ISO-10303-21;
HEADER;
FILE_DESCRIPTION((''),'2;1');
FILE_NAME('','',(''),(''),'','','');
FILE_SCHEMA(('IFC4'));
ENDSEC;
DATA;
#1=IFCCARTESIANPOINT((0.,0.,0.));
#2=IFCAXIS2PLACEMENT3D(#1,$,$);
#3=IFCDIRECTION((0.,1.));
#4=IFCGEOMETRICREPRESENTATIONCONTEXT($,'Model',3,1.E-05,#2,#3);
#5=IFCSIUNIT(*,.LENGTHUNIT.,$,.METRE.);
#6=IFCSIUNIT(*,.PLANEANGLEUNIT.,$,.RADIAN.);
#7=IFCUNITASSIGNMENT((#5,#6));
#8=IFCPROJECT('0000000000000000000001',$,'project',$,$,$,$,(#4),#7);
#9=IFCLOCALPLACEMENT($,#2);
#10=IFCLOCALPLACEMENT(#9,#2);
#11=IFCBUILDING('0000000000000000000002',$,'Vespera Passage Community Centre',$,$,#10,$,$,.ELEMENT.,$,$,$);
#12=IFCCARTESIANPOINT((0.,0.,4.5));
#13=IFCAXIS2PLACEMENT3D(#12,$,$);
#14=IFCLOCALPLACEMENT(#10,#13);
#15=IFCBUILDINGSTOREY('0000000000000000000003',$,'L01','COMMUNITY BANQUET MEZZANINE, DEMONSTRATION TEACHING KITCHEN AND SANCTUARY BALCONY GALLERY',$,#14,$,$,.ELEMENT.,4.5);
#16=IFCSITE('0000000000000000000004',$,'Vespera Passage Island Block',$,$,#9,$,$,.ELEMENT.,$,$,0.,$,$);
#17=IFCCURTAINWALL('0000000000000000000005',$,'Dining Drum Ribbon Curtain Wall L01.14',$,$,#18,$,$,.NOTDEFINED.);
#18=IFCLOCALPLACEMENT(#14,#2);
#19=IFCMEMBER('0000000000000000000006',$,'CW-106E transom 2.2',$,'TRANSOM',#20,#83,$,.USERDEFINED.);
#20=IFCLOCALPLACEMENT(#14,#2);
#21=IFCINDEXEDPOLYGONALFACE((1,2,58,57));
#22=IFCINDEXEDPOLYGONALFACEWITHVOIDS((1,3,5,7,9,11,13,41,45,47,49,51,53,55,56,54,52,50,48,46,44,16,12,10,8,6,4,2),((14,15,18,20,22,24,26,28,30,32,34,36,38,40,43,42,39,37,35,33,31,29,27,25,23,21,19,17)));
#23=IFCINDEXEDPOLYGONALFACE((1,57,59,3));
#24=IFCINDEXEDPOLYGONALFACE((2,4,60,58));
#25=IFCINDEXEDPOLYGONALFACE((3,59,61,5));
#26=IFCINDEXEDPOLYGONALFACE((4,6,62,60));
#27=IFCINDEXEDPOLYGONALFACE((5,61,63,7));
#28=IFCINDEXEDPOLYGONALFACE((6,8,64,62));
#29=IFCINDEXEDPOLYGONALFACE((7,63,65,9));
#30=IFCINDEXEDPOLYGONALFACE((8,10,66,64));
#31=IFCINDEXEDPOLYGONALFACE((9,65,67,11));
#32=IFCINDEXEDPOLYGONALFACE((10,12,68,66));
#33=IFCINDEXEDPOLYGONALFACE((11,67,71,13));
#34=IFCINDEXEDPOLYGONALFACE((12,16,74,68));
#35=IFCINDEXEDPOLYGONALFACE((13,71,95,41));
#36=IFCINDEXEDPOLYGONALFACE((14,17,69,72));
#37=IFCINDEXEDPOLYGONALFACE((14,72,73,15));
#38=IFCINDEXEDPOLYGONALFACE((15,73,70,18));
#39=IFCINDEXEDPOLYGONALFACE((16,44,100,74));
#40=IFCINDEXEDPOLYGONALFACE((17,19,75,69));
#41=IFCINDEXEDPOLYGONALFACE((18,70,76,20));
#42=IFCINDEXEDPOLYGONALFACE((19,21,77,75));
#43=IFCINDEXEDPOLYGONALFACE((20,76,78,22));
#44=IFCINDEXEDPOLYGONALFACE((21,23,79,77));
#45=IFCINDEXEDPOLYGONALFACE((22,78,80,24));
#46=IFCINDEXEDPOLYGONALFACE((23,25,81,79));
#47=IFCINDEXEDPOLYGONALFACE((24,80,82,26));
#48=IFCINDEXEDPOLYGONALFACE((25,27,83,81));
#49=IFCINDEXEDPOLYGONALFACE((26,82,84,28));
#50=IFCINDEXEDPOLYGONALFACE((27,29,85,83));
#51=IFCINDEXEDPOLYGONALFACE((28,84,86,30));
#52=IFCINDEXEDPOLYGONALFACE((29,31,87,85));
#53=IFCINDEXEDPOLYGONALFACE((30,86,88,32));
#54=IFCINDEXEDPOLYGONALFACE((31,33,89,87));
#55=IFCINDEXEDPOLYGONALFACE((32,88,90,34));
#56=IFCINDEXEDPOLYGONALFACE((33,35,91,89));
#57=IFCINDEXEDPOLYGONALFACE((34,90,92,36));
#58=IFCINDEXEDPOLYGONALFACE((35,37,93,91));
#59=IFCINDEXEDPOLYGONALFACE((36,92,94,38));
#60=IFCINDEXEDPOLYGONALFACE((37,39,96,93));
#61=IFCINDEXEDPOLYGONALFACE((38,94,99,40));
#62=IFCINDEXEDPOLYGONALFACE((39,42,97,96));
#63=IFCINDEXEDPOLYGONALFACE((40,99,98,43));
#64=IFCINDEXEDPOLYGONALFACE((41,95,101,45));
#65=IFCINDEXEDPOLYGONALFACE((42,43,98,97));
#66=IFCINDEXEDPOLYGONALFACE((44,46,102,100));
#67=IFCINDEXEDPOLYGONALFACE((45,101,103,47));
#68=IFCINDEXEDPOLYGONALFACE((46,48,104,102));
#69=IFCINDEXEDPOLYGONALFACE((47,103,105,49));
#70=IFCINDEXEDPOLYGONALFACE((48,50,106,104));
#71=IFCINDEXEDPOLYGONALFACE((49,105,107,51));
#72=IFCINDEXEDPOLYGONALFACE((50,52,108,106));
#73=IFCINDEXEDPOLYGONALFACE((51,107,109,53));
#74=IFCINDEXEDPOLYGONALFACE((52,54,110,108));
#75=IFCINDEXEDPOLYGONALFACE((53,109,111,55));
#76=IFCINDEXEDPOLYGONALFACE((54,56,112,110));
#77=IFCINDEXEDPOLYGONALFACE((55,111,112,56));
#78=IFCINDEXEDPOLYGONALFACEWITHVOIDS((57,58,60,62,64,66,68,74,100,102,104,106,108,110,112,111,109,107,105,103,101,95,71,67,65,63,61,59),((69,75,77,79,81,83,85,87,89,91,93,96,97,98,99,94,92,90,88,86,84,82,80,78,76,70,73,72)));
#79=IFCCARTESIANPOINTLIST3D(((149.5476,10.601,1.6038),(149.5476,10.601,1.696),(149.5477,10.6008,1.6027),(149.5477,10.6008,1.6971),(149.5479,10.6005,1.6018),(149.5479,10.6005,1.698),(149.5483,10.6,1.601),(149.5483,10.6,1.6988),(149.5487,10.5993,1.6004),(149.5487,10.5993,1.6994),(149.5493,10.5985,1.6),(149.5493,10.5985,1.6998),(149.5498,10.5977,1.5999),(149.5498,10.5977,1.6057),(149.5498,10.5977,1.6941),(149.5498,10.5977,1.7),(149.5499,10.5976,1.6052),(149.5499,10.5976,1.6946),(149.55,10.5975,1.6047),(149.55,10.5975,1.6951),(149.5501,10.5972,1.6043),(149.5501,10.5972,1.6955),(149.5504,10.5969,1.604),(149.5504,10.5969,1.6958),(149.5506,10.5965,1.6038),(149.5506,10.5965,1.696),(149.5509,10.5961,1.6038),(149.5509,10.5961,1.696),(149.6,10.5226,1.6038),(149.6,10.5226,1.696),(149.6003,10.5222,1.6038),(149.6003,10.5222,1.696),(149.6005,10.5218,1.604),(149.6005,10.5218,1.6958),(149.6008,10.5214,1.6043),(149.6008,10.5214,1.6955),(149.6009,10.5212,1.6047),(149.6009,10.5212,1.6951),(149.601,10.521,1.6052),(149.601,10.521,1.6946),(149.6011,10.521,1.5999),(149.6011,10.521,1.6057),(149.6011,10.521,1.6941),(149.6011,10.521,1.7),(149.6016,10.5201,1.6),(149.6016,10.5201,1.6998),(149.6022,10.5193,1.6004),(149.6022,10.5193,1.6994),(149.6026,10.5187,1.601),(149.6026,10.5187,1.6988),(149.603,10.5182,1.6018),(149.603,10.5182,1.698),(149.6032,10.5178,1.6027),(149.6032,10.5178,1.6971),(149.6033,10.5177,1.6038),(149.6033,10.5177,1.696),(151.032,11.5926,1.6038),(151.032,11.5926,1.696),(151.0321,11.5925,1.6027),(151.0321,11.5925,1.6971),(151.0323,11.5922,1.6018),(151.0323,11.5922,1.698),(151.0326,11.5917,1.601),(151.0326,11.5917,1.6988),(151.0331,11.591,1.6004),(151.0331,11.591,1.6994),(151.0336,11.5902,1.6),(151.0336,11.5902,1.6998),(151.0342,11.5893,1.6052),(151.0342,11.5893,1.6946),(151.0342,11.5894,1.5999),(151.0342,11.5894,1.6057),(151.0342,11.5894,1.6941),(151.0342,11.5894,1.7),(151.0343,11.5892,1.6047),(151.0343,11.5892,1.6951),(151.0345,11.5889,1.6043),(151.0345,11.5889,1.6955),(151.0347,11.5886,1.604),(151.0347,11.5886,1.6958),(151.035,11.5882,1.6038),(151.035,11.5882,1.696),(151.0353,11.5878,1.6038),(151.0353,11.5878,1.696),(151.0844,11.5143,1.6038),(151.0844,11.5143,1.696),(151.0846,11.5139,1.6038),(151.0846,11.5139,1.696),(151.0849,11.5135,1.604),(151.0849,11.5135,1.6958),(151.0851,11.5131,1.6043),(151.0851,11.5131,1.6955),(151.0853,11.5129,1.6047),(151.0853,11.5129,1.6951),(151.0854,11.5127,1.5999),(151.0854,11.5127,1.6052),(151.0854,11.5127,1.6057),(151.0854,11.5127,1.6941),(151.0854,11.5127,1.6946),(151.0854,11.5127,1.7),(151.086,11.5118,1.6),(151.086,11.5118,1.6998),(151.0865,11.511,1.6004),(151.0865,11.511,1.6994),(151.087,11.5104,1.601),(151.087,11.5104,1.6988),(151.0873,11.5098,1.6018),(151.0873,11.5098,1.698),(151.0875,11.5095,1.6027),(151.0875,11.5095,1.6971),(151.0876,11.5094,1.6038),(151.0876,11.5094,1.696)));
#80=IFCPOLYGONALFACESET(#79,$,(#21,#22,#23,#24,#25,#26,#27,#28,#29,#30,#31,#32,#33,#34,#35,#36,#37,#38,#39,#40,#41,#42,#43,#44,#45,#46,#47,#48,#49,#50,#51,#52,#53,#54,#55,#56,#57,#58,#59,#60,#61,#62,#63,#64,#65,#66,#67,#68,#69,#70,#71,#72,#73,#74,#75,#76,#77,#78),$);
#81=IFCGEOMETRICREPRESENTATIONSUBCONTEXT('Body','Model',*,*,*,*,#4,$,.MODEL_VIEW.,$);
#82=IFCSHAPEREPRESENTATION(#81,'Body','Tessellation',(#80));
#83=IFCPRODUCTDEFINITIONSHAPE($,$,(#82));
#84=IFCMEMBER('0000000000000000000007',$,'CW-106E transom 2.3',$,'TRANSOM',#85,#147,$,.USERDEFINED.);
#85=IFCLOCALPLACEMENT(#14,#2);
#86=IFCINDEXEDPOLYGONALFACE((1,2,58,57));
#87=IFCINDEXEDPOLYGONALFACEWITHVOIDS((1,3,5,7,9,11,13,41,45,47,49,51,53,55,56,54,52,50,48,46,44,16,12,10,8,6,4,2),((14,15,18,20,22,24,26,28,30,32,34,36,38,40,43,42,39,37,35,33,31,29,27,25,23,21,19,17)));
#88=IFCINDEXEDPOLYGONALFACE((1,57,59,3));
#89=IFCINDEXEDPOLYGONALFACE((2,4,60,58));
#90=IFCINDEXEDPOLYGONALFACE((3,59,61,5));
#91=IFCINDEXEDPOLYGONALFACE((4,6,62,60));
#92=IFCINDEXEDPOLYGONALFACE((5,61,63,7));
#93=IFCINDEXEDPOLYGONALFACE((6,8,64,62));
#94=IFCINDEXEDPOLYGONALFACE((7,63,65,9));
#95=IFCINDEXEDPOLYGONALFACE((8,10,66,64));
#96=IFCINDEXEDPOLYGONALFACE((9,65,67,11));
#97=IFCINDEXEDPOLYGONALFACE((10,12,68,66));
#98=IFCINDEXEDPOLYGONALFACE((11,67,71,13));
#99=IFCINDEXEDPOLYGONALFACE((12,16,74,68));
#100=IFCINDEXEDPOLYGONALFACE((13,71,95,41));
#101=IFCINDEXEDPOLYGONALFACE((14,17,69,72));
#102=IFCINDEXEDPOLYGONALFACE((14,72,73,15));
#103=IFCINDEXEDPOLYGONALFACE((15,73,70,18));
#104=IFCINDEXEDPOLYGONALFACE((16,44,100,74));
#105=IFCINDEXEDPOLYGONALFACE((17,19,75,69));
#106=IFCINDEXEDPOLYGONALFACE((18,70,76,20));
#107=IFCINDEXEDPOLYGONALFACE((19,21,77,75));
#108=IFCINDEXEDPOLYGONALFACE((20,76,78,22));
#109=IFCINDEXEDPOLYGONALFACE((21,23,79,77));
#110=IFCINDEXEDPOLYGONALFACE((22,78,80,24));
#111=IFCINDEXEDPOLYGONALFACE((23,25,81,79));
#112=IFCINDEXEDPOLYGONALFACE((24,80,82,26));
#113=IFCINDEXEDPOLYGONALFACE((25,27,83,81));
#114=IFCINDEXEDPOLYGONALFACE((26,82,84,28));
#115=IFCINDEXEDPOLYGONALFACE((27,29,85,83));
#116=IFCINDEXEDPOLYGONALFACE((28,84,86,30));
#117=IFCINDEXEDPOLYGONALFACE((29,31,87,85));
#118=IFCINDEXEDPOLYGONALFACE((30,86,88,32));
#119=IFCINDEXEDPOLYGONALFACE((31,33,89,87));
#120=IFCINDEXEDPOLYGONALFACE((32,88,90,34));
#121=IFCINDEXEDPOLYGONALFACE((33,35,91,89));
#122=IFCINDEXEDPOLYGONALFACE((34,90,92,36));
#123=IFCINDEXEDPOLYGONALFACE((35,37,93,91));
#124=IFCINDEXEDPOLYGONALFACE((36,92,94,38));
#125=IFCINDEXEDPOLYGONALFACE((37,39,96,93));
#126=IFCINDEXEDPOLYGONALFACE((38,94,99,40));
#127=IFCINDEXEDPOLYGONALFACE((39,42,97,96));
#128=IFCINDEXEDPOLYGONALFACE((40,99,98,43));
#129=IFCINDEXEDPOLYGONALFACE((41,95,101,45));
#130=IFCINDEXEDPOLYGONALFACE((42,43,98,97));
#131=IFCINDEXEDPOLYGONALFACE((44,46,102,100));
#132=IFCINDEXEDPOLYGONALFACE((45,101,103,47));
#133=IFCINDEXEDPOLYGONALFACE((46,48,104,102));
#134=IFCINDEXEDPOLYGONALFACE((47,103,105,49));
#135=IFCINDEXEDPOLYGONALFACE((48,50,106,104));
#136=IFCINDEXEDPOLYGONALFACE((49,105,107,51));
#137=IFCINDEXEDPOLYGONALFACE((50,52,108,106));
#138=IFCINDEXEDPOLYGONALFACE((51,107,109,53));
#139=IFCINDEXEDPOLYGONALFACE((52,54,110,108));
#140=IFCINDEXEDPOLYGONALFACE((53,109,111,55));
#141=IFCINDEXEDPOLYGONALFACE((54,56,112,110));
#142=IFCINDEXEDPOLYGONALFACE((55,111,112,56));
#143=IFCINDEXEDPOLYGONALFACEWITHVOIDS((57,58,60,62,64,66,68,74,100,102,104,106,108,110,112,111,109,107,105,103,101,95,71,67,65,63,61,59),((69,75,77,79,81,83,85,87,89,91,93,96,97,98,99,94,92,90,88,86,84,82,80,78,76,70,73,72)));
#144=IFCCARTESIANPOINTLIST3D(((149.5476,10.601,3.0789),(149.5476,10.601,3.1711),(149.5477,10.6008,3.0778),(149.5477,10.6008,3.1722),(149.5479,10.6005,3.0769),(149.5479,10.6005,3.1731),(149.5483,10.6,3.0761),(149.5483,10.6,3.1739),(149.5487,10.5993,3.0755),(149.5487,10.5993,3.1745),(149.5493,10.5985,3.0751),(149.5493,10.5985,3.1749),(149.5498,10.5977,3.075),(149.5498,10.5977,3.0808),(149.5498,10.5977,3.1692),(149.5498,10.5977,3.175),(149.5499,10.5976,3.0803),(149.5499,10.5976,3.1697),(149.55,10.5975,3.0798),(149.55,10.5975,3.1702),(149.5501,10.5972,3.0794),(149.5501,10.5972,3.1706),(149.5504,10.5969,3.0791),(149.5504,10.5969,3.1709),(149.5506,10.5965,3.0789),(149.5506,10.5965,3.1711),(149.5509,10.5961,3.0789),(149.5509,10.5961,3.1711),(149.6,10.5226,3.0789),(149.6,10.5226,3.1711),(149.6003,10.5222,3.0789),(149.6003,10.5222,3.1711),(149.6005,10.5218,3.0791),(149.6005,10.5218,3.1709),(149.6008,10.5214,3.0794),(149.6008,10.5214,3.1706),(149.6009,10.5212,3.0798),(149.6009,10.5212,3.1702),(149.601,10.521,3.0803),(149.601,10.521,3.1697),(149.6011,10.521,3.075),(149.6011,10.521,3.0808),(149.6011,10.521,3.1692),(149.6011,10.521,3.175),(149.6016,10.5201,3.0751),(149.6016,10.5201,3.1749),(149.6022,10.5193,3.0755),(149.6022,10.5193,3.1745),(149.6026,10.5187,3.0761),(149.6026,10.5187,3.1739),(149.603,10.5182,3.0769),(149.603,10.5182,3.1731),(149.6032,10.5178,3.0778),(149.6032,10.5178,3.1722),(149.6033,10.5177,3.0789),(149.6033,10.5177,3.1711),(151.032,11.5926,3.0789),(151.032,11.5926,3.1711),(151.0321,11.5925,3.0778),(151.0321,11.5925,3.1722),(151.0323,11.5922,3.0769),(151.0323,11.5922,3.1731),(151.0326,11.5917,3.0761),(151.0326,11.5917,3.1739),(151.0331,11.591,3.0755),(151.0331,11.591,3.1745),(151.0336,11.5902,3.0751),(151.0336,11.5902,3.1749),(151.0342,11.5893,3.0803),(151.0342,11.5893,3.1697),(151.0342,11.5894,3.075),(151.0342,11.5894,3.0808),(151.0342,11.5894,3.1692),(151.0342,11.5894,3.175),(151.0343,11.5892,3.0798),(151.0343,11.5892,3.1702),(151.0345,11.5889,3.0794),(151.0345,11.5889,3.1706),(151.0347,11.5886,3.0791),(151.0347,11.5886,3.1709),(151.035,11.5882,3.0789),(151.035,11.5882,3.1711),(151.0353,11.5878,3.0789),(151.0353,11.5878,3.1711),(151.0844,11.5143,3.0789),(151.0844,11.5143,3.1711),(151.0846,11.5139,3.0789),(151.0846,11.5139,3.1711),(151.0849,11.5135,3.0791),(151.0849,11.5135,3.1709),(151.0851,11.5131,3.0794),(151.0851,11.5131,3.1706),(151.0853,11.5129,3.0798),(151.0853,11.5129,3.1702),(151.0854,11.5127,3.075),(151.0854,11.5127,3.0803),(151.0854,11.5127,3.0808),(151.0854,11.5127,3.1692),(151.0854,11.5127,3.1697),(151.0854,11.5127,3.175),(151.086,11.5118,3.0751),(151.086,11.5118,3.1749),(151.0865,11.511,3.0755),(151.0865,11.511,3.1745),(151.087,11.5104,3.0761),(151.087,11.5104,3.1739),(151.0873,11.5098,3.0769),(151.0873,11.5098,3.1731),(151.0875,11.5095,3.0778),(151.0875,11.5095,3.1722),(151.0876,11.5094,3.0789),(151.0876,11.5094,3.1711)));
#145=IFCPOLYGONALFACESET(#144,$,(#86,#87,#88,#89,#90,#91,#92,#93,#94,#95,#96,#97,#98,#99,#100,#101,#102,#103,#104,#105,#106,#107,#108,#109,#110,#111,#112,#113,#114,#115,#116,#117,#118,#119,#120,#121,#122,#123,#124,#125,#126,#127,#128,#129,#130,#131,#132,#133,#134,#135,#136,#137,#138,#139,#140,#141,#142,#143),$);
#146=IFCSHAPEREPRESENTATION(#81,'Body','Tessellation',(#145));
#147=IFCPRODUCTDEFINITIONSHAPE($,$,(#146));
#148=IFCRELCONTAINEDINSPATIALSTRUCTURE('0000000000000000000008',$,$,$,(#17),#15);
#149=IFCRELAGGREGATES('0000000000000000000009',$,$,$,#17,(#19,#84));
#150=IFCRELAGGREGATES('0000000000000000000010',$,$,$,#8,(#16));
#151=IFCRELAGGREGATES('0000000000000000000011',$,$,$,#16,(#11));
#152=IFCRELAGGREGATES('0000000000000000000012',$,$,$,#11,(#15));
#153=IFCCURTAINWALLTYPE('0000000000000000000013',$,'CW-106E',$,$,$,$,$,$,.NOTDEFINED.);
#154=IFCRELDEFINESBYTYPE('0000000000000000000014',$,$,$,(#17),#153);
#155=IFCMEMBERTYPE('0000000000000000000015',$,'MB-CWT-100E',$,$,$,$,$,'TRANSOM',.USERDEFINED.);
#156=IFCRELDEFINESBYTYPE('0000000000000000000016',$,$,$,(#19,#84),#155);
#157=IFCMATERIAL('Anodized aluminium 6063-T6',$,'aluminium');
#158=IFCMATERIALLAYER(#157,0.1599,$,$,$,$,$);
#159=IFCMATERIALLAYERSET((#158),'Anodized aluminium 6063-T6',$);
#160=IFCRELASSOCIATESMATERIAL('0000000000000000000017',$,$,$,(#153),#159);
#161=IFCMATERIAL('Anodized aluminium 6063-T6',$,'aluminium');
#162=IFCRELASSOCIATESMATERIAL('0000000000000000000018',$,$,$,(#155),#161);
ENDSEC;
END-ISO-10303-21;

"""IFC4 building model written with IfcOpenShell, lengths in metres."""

from ifc_helpers import new_model, si_unit, direction, frame, origin, origin_2d, place, context, subcontext, project, spatial, hollow_rectangle, extrude, material, layer, layer_set, material_profile, profile_set, type_object, element, aggregate, save


model = new_model("IFC4")

# Units and contexts
model_context = context("Model", 3, precision=1e-05, world=origin(), true_north=direction((0.0, 1.0)))
body_context = subcontext(model_context, "Body", "Model", "MODEL_VIEW")
ifc_project = project(units=[si_unit("LENGTHUNIT", "METRE"), si_unit("PLANEANGLEUNIT", "RADIAN")], contexts=[model_context])

# Site, building, storey
site_placement = place(None, origin())
site = spatial("IfcSite", under=ifc_project, at=site_placement, Name="Vespera Passage Island Block", CompositionType="ELEMENT", RefElevation=0.0)
building_placement = place(site_placement, origin())
building = spatial("IfcBuilding", under=site, at=building_placement, Name="Vespera Passage Community Centre", CompositionType="ELEMENT")
storey_placement = place(building_placement, frame((0.0, 0.0, 4.5)))
storey = spatial("IfcBuildingStorey", under=building, at=storey_placement, Name="L01", Description="COMMUNITY BANQUET MEZZANINE, DEMONSTRATION TEACHING KITCHEN AND SANCTUARY BALCONY GALLERY", CompositionType="ELEMENT", Elevation=4.5)

# Curtain wall
ifc_material_1 = material(Name="Anodized aluminium 6063-T6", Category="aluminium")
ifc_layer_1 = layer(ifc_material_1, 0.1599)
ifc_layer_set_1 = layer_set([ifc_layer_1], Name="Anodized aluminium 6063-T6")
curtain_wall_type_1 = type_object("IfcCurtainWallType", Name="CW-106E", PredefinedType="NOTDEFINED", material=ifc_layer_set_1)
curtain_wall_1_placement = place(storey_placement, origin())
curtain_wall_1 = element("IfcCurtainWall", 1, at=curtain_wall_1_placement, inside=storey, type_object=curtain_wall_type_1, Name="Dining Drum Ribbon Curtain Wall L01.14", PredefinedType="NOTDEFINED")

# Members
ifc_material_2 = material(Name="Anodized aluminium 6063-T6", Category="aluminium")
ifc_material_profile_1 = material_profile(ifc_material_2, hollow_rectangle(XDim=0.1001, YDim=0.1001, WallThickness=0.0039, InnerFilletRadius=0.002, OuterFilletRadius=0.0039, at=origin_2d()), Name="ALU100X100X4")
ifc_profile_set_1 = profile_set([ifc_material_profile_1], Name="Anodized aluminium 6063-T6")
member_type_1 = type_object("IfcMemberType", Name="MB-CWT-100E", ElementType="TRANSOM", PredefinedType="USERDEFINED", material=ifc_profile_set_1)
member_1_placement = place(storey_placement, frame((151.0598, 11.551, 1.6499), z_axis=(-0.831503, -0.55552, 0.0), x_axis=(0.55552, -0.831503, 0.0)))
member_1 = element("IfcMember", 2, at=member_1_placement, type_object=member_type_1, Name="CW-106E transom 2.2", ObjectType="TRANSOM", PredefinedType="USERDEFINED", context=body_context, shape_type="SweptSolid", body=[
    extrude(hollow_rectangle(XDim=0.1001, YDim=0.1001, WallThickness=0.0039, InnerFilletRadius=0.002, OuterFilletRadius=0.0039, at=origin_2d()), origin(), (0.0, 0.0, 1.0), 1.7852),
])
member_2_placement = place(storey_placement, frame((151.0598, 11.551, 3.125), z_axis=(-0.831503, -0.55552, 0.0), x_axis=(0.55552, -0.831503, 0.0)))
member_2 = element("IfcMember", 3, at=member_2_placement, type_object=member_type_1, Name="CW-106E transom 2.3", ObjectType="TRANSOM", PredefinedType="USERDEFINED", context=body_context, shape_type="SweptSolid", body=[
    extrude(hollow_rectangle(XDim=0.1001, YDim=0.1001, WallThickness=0.0039, InnerFilletRadius=0.002, OuterFilletRadius=0.0039, at=origin_2d()), origin(), (0.0, 0.0, 1.0), 1.7852),
])

aggregate(curtain_wall_1, [member_1, member_2])

save(model, "model.ifc")
